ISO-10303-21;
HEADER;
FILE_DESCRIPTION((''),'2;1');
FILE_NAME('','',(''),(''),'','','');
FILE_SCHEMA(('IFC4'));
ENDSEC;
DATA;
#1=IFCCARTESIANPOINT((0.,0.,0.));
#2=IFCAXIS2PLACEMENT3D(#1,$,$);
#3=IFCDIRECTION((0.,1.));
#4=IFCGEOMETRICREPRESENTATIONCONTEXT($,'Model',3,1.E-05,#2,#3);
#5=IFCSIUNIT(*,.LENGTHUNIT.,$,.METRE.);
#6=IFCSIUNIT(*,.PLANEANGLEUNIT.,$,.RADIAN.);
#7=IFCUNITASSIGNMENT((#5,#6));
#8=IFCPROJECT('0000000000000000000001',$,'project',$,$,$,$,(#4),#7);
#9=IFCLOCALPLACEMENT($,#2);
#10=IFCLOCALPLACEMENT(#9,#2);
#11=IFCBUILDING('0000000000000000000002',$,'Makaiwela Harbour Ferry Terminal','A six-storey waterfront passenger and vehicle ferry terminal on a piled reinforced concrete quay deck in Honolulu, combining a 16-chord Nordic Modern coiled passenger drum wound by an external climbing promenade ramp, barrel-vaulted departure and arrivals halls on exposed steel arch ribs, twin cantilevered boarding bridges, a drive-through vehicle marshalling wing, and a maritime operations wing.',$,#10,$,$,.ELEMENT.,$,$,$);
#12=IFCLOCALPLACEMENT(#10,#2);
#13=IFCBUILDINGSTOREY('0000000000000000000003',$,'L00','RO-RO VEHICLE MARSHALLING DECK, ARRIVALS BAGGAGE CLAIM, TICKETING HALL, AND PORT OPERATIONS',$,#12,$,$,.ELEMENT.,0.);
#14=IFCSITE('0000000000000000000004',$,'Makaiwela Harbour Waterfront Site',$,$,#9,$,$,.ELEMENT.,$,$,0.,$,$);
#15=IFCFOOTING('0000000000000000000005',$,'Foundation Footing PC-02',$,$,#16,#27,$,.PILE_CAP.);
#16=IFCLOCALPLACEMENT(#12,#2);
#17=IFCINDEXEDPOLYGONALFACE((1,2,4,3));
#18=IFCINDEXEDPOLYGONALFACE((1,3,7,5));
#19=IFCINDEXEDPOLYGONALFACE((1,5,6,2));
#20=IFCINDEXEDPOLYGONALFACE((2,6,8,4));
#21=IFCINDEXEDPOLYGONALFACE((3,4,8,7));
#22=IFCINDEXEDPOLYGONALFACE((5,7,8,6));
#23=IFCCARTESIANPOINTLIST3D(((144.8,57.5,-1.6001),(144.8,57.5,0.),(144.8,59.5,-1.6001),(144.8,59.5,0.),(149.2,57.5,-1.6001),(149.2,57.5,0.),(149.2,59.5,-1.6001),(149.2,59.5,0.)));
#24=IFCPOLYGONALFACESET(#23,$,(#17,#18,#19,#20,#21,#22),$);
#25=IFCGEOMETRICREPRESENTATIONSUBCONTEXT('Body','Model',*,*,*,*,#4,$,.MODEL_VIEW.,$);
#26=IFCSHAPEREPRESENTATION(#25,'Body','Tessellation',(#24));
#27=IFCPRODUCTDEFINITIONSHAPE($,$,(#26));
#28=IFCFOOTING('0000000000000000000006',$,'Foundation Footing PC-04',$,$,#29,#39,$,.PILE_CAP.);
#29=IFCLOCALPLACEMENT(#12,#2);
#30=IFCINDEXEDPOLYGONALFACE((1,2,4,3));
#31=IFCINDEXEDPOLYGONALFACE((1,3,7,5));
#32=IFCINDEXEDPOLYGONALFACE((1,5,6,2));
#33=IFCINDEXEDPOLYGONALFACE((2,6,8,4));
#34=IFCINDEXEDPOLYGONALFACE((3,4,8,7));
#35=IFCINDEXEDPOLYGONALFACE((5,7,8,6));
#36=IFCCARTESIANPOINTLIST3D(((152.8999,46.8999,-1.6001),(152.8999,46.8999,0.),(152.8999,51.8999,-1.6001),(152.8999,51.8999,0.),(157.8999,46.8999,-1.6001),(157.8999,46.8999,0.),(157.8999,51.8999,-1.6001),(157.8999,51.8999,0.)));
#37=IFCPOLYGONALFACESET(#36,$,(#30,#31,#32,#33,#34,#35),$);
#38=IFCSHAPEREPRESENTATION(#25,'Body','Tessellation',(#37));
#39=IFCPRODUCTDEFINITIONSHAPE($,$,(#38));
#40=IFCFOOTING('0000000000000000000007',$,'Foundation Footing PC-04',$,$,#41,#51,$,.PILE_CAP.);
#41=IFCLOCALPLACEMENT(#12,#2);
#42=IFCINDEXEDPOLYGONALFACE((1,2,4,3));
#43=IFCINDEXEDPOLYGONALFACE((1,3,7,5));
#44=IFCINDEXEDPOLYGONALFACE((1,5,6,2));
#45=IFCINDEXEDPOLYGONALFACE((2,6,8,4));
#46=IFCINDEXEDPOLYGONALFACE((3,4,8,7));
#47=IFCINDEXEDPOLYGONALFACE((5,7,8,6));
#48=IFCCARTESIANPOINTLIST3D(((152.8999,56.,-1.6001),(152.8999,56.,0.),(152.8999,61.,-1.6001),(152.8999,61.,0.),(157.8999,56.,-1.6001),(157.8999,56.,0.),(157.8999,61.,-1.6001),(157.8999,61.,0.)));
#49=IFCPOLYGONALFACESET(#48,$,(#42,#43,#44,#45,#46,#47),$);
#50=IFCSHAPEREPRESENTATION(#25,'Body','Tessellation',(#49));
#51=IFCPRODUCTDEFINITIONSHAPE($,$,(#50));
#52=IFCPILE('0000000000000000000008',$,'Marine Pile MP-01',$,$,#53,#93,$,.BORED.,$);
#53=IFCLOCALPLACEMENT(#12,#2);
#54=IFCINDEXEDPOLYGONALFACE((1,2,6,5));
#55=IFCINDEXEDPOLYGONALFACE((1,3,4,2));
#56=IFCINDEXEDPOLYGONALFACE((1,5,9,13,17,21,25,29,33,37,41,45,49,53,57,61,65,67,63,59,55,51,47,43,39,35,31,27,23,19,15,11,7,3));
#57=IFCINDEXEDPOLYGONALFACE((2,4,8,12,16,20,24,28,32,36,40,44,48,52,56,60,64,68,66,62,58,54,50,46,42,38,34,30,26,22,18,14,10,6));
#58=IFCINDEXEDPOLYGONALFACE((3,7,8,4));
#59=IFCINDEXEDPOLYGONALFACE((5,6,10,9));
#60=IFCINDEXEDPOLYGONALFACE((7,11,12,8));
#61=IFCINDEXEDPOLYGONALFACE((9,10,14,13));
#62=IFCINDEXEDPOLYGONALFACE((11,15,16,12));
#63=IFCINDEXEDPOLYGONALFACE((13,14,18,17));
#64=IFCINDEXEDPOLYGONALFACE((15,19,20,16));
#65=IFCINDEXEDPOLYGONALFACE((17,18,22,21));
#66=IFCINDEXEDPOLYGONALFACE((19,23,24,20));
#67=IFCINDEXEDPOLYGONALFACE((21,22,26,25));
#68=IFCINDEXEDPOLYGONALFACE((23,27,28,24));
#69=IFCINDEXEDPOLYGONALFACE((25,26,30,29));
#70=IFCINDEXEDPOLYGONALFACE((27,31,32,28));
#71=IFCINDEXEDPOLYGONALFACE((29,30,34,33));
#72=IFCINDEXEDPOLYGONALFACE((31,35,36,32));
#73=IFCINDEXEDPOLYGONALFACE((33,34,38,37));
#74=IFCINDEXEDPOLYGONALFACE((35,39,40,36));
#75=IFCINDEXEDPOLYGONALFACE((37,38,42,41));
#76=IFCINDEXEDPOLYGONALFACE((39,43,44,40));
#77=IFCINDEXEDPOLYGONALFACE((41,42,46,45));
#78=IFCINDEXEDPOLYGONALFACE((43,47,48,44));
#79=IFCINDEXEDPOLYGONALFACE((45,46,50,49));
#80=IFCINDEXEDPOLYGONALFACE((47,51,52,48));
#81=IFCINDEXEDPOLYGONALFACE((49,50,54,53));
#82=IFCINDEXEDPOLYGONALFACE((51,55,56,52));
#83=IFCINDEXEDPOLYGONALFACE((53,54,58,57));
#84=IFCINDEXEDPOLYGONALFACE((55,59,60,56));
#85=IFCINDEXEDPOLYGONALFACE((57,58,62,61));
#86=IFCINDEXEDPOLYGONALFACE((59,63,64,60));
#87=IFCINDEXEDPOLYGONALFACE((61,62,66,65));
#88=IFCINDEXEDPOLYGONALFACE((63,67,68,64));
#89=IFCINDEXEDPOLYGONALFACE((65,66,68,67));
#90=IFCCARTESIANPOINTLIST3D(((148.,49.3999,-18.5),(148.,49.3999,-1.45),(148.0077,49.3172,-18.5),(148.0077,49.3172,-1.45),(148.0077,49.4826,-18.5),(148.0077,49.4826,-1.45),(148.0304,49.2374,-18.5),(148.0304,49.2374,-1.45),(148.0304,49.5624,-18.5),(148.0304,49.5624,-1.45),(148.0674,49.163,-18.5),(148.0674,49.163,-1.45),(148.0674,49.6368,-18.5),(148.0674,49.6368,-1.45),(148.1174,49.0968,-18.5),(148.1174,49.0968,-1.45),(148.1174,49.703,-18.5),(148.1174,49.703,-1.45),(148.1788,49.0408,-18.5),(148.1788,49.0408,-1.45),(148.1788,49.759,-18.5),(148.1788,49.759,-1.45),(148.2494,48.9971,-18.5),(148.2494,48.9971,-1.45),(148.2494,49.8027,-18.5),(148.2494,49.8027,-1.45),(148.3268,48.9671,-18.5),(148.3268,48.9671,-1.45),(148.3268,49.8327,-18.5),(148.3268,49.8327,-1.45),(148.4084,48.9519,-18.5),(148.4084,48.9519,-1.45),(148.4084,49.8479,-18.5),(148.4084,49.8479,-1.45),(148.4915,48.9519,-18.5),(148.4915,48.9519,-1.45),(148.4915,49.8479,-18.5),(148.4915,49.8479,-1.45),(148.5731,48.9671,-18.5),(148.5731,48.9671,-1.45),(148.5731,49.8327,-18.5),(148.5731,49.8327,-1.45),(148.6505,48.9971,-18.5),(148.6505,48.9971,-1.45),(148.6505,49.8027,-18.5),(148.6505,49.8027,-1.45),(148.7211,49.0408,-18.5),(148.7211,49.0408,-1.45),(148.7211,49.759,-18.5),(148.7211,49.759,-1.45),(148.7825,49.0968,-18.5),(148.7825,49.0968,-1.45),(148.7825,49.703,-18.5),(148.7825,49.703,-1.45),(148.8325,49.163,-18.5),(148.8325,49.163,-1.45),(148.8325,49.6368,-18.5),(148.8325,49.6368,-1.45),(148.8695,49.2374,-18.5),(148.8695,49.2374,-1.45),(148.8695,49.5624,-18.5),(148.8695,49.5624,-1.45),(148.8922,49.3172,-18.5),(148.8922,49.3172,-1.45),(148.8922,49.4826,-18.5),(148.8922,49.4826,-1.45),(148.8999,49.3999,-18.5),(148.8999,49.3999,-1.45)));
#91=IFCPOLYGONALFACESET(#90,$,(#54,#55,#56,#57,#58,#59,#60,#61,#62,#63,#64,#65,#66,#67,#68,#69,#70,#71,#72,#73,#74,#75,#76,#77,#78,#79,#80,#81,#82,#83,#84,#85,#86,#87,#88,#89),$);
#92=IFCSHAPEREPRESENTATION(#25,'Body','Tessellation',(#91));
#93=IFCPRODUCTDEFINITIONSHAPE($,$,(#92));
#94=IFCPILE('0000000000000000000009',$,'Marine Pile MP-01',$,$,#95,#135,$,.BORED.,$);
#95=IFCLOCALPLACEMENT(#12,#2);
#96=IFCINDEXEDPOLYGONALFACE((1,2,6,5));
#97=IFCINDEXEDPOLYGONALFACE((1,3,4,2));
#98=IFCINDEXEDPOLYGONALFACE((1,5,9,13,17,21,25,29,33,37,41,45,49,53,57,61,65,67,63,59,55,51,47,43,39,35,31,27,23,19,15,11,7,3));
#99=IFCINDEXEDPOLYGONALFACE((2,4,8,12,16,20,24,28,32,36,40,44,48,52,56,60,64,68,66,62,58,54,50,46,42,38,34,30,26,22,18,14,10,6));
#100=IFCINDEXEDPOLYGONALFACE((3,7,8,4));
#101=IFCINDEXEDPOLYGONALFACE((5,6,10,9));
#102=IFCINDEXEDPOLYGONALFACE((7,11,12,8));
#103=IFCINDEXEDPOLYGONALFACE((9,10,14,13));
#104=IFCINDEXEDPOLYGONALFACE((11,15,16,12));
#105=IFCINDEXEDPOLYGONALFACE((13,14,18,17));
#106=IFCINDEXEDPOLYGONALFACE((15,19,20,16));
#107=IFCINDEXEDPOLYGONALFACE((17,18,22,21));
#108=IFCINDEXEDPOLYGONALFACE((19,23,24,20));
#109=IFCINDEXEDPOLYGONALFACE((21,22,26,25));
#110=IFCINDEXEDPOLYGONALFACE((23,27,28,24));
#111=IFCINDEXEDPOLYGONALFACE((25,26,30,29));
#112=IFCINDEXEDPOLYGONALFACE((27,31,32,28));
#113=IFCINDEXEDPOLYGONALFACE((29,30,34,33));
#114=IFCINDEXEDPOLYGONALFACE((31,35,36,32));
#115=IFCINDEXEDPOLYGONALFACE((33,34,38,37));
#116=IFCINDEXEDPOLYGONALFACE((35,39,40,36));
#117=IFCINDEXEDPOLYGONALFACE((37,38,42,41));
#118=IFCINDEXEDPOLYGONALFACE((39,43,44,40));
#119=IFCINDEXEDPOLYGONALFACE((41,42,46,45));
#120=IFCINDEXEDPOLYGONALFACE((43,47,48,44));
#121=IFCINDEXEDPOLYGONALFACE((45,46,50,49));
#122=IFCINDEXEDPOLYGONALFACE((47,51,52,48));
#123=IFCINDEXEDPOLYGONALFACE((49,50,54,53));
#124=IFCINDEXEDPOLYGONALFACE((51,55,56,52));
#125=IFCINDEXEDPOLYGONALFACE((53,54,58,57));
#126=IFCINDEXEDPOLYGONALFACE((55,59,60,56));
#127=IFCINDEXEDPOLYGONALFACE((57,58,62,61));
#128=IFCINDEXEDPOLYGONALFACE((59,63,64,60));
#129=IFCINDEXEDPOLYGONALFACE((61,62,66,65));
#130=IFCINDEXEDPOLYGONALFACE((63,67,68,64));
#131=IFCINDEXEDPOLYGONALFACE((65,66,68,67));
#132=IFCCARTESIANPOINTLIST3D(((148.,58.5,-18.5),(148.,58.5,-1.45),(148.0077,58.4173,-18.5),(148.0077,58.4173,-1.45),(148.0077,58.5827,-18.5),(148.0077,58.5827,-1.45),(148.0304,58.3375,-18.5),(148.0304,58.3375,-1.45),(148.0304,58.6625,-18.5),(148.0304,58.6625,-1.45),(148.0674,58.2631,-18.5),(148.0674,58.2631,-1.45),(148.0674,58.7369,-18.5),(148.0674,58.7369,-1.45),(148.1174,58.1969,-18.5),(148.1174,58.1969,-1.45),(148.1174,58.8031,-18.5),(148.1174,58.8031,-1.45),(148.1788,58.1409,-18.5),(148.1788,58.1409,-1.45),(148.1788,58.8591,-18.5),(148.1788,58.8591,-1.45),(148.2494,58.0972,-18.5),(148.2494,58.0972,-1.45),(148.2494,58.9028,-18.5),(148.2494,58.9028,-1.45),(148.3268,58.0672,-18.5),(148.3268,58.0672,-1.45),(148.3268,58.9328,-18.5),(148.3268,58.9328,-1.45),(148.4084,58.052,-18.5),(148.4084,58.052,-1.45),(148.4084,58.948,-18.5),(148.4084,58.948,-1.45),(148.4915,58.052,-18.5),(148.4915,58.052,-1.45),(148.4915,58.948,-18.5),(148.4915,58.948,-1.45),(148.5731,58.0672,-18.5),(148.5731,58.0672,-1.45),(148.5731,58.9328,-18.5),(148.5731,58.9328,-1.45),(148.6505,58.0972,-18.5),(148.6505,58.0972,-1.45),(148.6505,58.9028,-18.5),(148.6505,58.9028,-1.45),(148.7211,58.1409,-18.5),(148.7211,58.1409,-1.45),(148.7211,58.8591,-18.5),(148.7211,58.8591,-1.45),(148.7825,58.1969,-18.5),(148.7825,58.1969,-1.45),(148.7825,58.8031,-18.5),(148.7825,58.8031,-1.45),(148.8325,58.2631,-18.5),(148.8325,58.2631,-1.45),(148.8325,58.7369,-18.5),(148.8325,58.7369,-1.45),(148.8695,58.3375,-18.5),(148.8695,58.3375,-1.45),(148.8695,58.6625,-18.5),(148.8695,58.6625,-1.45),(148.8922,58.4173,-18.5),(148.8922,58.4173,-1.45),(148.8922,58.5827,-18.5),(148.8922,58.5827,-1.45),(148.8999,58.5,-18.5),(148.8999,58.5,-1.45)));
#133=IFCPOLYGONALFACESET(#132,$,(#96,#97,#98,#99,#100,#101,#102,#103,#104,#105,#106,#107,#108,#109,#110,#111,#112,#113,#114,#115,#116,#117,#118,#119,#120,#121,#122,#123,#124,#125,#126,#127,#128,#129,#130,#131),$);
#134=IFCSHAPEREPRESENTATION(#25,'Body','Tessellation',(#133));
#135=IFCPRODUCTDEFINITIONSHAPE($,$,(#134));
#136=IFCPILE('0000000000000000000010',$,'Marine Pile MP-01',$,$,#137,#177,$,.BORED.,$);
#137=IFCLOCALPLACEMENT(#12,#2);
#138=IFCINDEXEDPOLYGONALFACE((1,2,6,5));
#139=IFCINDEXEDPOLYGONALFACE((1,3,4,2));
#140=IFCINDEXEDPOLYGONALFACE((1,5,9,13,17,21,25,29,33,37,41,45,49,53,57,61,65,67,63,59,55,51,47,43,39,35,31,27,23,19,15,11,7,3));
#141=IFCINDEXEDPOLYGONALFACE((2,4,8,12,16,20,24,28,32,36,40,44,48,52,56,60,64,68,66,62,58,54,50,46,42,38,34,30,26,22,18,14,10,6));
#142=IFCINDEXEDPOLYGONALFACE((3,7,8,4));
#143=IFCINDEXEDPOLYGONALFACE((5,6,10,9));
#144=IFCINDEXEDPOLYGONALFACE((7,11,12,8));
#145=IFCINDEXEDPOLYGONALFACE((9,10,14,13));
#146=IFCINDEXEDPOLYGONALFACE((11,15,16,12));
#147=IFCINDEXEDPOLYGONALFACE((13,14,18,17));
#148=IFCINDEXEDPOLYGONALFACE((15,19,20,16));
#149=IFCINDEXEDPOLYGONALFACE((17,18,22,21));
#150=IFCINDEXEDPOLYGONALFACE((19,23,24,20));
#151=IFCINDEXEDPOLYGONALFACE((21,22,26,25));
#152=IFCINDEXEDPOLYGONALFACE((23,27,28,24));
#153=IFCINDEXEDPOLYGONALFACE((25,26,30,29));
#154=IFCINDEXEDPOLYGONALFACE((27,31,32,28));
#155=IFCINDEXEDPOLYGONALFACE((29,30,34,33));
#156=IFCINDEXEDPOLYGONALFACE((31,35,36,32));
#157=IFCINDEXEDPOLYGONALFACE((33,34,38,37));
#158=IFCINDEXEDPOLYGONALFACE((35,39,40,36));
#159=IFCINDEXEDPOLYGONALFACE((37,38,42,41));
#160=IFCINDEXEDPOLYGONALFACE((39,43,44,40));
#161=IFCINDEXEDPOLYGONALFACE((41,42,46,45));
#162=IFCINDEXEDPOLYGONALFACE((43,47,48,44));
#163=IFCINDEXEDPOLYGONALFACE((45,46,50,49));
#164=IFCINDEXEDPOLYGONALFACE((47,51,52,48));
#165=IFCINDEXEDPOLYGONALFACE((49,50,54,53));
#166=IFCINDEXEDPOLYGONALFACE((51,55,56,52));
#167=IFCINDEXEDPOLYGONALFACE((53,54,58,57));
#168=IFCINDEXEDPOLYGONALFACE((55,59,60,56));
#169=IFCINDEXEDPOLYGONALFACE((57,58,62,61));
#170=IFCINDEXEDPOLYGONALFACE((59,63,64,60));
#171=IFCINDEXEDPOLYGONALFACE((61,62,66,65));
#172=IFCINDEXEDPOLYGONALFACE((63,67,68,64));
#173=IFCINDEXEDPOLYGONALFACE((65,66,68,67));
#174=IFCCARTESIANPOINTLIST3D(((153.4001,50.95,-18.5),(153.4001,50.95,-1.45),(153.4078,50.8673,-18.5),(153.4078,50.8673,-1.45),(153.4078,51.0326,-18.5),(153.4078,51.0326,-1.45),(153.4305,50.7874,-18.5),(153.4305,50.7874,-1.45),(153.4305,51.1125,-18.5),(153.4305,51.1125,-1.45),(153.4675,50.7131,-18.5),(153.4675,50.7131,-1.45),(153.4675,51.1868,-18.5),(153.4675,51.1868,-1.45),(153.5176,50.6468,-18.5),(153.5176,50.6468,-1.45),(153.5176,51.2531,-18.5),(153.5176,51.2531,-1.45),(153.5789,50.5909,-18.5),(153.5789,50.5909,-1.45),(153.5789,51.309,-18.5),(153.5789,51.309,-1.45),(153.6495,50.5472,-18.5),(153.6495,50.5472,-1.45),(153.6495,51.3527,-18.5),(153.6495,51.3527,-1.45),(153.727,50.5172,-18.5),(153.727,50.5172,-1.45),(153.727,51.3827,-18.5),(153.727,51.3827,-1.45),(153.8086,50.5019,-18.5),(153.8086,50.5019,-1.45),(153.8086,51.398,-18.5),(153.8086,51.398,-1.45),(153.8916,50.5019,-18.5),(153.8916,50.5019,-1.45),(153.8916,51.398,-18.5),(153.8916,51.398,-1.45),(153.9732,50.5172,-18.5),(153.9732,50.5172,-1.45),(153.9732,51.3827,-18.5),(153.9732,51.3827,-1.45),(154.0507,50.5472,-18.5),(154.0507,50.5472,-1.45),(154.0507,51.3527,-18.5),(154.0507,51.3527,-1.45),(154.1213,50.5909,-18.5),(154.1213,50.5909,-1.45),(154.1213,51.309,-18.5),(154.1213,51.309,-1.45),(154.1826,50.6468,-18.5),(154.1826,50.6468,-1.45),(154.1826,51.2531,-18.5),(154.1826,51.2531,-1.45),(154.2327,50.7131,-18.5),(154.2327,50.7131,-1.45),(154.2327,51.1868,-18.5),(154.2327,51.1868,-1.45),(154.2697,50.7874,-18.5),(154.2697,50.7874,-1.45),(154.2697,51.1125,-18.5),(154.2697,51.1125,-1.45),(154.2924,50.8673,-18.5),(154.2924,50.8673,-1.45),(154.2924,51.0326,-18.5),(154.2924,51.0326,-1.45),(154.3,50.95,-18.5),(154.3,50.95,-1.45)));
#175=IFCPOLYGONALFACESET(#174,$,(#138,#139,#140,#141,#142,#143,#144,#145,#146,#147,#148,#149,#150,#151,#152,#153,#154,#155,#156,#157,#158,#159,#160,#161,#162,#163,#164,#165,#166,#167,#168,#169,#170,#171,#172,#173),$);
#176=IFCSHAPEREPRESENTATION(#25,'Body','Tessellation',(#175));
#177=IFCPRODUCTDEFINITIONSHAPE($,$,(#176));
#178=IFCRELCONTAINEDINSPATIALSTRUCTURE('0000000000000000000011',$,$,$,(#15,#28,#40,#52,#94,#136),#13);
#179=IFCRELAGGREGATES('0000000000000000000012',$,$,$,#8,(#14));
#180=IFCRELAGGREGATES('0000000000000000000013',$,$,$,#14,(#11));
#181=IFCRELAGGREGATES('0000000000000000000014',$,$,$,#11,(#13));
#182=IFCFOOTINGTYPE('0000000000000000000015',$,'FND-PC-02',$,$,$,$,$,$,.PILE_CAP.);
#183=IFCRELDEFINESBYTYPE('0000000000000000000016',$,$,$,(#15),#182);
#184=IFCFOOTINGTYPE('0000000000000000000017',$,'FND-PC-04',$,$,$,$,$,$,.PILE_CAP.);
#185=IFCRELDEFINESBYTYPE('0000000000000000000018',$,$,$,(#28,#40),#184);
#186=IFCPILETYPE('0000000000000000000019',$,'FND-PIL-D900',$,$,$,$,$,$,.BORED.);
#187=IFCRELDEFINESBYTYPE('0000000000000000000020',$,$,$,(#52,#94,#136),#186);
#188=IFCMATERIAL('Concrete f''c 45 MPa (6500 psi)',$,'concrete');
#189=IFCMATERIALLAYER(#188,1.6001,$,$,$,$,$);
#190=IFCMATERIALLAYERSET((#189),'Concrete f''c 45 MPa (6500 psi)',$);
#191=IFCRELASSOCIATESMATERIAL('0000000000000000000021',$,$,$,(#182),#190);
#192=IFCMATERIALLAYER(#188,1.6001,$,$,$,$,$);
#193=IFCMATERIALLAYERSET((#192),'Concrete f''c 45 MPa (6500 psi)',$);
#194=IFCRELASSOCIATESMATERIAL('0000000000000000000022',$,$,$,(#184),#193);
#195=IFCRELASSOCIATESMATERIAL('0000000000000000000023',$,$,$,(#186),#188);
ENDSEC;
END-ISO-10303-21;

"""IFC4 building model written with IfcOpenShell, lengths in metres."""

from ifc_helpers import new_model, si_unit, direction, frame, origin, origin_2d, place, context, subcontext, project, spatial, rectangle, circle, extrude, material, layer, layer_set, material_profile, profile_set, type_object, element, save


model = new_model("IFC4")

# Units and contexts
model_context = context("Model", 3, precision=1e-05, world=origin(), true_north=direction((0.0, 1.0)))
body_context = subcontext(model_context, "Body", "Model", "MODEL_VIEW")
ifc_project = project(units=[si_unit("LENGTHUNIT", "METRE"), si_unit("PLANEANGLEUNIT", "RADIAN")], contexts=[model_context])

# Site, building, storey
site_placement = place(None, origin())
site = spatial("IfcSite", under=ifc_project, at=site_placement, Name="Makaiwela Harbour Waterfront Site", CompositionType="ELEMENT", RefElevation=0.0)
building_placement = place(site_placement, origin())
building = spatial("IfcBuilding", under=site, at=building_placement, Name="Makaiwela Harbour Ferry Terminal", Description="A six-storey waterfront passenger and vehicle ferry terminal on a piled reinforced concrete quay deck in Honolulu, combining a 16-chord Nordic Modern coiled passenger drum wound by an external climbing promenade ramp, barrel-vaulted departure and arrivals halls on exposed steel arch ribs, twin cantilevered boarding bridges, a drive-through vehicle marshalling wing, and a maritime operations wing.", CompositionType="ELEMENT")
storey_placement = place(building_placement, origin())
storey = spatial("IfcBuildingStorey", under=building, at=storey_placement, Name="L00", Description="RO-RO VEHICLE MARSHALLING DECK, ARRIVALS BAGGAGE CLAIM, TICKETING HALL, AND PORT OPERATIONS", CompositionType="ELEMENT", Elevation=0.0)

# Footings
ifc_material_1 = material(Name="Concrete f'c 45 MPa (6500 psi)", Category="concrete")
ifc_layer_1 = layer(ifc_material_1, 1.6001)
ifc_layer_set_1 = layer_set([ifc_layer_1], Name="Concrete f'c 45 MPa (6500 psi)")
footing_type_1 = type_object("IfcFootingType", Name="FND-PC-02", PredefinedType="PILE_CAP", material=ifc_layer_set_1)
footing_1_placement = place(storey_placement, frame((147.0, 58.5, -1.6001), z_axis=(0.0, 0.0, 1.0), x_axis=(1.0, 0.0, 0.0)))
element("IfcFooting", 1, at=footing_1_placement, inside=storey, type_object=footing_type_1, Name="Foundation Footing PC-02", PredefinedType="PILE_CAP", context=body_context, shape_type="SweptSolid", body=[
    extrude(rectangle(XDim=4.3999, YDim=2.0, at=origin_2d()), origin(), (0.0, 0.0, 1.0), 1.6001),
])
ifc_layer_2 = layer(ifc_material_1, 1.6001)
ifc_layer_set_2 = layer_set([ifc_layer_2], Name="Concrete f'c 45 MPa (6500 psi)")
footing_type_2 = type_object("IfcFootingType", Name="FND-PC-04", PredefinedType="PILE_CAP", material=ifc_layer_set_2)
for number, where, z_axis, x_axis, name in (
    (2, (155.3999, 49.3999, -1.6001), (0.0, 0.0, 1.0), (1.0, 0.0, 0.0), "Foundation Footing PC-04"),
    (3, (155.3999, 58.5, -1.6001), (0.0, 0.0, 1.0), (1.0, 0.0, 0.0), "Foundation Footing PC-04"),
):
    element("IfcFooting", number, at=place(storey_placement, frame(where, z_axis=z_axis, x_axis=x_axis)), inside=storey, type_object=footing_type_2, Name=name, PredefinedType="PILE_CAP", context=body_context, shape_type="SweptSolid", body=[
        extrude(rectangle(XDim=5.0, YDim=5.0, at=origin_2d()), origin(), (0.0, 0.0, 1.0), 1.6001),
    ])

# Piles
ifc_material_profile_1 = material_profile(ifc_material_1, circle(Radius=0.45, at=origin_2d()), Name="PILE-D900")
ifc_profile_set_1 = profile_set([ifc_material_profile_1], Name="Concrete f'c 45 MPa (6500 psi)")
pile_type = type_object("IfcPileType", Name="FND-PIL-D900", PredefinedType="BORED", material=ifc_profile_set_1)
for number, where, z_axis, x_axis, name in (
    (4, (148.45, 49.3999, -1.45), (0.0, 0.0, -1.0), (1.0, 0.0, 0.0), "Marine Pile MP-01"),
    (5, (148.45, 58.5, -1.45), (0.0, 0.0, -1.0), (1.0, 0.0, 0.0), "Marine Pile MP-01"),
    (6, (153.8501, 50.95, -1.45), (0.0, 0.0, -1.0), (1.0, 0.0, 0.0), "Marine Pile MP-01"),
):
    element("IfcPile", number, at=place(storey_placement, frame(where, z_axis=z_axis, x_axis=x_axis)), inside=storey, type_object=pile_type, Name=name, PredefinedType="BORED", context=body_context, shape_type="SweptSolid", body=[
        extrude(circle(Radius=0.45, at=origin_2d()), origin(), (0.0, 0.0, 1.0), 17.05),
    ])

save(model, "model.ifc")
